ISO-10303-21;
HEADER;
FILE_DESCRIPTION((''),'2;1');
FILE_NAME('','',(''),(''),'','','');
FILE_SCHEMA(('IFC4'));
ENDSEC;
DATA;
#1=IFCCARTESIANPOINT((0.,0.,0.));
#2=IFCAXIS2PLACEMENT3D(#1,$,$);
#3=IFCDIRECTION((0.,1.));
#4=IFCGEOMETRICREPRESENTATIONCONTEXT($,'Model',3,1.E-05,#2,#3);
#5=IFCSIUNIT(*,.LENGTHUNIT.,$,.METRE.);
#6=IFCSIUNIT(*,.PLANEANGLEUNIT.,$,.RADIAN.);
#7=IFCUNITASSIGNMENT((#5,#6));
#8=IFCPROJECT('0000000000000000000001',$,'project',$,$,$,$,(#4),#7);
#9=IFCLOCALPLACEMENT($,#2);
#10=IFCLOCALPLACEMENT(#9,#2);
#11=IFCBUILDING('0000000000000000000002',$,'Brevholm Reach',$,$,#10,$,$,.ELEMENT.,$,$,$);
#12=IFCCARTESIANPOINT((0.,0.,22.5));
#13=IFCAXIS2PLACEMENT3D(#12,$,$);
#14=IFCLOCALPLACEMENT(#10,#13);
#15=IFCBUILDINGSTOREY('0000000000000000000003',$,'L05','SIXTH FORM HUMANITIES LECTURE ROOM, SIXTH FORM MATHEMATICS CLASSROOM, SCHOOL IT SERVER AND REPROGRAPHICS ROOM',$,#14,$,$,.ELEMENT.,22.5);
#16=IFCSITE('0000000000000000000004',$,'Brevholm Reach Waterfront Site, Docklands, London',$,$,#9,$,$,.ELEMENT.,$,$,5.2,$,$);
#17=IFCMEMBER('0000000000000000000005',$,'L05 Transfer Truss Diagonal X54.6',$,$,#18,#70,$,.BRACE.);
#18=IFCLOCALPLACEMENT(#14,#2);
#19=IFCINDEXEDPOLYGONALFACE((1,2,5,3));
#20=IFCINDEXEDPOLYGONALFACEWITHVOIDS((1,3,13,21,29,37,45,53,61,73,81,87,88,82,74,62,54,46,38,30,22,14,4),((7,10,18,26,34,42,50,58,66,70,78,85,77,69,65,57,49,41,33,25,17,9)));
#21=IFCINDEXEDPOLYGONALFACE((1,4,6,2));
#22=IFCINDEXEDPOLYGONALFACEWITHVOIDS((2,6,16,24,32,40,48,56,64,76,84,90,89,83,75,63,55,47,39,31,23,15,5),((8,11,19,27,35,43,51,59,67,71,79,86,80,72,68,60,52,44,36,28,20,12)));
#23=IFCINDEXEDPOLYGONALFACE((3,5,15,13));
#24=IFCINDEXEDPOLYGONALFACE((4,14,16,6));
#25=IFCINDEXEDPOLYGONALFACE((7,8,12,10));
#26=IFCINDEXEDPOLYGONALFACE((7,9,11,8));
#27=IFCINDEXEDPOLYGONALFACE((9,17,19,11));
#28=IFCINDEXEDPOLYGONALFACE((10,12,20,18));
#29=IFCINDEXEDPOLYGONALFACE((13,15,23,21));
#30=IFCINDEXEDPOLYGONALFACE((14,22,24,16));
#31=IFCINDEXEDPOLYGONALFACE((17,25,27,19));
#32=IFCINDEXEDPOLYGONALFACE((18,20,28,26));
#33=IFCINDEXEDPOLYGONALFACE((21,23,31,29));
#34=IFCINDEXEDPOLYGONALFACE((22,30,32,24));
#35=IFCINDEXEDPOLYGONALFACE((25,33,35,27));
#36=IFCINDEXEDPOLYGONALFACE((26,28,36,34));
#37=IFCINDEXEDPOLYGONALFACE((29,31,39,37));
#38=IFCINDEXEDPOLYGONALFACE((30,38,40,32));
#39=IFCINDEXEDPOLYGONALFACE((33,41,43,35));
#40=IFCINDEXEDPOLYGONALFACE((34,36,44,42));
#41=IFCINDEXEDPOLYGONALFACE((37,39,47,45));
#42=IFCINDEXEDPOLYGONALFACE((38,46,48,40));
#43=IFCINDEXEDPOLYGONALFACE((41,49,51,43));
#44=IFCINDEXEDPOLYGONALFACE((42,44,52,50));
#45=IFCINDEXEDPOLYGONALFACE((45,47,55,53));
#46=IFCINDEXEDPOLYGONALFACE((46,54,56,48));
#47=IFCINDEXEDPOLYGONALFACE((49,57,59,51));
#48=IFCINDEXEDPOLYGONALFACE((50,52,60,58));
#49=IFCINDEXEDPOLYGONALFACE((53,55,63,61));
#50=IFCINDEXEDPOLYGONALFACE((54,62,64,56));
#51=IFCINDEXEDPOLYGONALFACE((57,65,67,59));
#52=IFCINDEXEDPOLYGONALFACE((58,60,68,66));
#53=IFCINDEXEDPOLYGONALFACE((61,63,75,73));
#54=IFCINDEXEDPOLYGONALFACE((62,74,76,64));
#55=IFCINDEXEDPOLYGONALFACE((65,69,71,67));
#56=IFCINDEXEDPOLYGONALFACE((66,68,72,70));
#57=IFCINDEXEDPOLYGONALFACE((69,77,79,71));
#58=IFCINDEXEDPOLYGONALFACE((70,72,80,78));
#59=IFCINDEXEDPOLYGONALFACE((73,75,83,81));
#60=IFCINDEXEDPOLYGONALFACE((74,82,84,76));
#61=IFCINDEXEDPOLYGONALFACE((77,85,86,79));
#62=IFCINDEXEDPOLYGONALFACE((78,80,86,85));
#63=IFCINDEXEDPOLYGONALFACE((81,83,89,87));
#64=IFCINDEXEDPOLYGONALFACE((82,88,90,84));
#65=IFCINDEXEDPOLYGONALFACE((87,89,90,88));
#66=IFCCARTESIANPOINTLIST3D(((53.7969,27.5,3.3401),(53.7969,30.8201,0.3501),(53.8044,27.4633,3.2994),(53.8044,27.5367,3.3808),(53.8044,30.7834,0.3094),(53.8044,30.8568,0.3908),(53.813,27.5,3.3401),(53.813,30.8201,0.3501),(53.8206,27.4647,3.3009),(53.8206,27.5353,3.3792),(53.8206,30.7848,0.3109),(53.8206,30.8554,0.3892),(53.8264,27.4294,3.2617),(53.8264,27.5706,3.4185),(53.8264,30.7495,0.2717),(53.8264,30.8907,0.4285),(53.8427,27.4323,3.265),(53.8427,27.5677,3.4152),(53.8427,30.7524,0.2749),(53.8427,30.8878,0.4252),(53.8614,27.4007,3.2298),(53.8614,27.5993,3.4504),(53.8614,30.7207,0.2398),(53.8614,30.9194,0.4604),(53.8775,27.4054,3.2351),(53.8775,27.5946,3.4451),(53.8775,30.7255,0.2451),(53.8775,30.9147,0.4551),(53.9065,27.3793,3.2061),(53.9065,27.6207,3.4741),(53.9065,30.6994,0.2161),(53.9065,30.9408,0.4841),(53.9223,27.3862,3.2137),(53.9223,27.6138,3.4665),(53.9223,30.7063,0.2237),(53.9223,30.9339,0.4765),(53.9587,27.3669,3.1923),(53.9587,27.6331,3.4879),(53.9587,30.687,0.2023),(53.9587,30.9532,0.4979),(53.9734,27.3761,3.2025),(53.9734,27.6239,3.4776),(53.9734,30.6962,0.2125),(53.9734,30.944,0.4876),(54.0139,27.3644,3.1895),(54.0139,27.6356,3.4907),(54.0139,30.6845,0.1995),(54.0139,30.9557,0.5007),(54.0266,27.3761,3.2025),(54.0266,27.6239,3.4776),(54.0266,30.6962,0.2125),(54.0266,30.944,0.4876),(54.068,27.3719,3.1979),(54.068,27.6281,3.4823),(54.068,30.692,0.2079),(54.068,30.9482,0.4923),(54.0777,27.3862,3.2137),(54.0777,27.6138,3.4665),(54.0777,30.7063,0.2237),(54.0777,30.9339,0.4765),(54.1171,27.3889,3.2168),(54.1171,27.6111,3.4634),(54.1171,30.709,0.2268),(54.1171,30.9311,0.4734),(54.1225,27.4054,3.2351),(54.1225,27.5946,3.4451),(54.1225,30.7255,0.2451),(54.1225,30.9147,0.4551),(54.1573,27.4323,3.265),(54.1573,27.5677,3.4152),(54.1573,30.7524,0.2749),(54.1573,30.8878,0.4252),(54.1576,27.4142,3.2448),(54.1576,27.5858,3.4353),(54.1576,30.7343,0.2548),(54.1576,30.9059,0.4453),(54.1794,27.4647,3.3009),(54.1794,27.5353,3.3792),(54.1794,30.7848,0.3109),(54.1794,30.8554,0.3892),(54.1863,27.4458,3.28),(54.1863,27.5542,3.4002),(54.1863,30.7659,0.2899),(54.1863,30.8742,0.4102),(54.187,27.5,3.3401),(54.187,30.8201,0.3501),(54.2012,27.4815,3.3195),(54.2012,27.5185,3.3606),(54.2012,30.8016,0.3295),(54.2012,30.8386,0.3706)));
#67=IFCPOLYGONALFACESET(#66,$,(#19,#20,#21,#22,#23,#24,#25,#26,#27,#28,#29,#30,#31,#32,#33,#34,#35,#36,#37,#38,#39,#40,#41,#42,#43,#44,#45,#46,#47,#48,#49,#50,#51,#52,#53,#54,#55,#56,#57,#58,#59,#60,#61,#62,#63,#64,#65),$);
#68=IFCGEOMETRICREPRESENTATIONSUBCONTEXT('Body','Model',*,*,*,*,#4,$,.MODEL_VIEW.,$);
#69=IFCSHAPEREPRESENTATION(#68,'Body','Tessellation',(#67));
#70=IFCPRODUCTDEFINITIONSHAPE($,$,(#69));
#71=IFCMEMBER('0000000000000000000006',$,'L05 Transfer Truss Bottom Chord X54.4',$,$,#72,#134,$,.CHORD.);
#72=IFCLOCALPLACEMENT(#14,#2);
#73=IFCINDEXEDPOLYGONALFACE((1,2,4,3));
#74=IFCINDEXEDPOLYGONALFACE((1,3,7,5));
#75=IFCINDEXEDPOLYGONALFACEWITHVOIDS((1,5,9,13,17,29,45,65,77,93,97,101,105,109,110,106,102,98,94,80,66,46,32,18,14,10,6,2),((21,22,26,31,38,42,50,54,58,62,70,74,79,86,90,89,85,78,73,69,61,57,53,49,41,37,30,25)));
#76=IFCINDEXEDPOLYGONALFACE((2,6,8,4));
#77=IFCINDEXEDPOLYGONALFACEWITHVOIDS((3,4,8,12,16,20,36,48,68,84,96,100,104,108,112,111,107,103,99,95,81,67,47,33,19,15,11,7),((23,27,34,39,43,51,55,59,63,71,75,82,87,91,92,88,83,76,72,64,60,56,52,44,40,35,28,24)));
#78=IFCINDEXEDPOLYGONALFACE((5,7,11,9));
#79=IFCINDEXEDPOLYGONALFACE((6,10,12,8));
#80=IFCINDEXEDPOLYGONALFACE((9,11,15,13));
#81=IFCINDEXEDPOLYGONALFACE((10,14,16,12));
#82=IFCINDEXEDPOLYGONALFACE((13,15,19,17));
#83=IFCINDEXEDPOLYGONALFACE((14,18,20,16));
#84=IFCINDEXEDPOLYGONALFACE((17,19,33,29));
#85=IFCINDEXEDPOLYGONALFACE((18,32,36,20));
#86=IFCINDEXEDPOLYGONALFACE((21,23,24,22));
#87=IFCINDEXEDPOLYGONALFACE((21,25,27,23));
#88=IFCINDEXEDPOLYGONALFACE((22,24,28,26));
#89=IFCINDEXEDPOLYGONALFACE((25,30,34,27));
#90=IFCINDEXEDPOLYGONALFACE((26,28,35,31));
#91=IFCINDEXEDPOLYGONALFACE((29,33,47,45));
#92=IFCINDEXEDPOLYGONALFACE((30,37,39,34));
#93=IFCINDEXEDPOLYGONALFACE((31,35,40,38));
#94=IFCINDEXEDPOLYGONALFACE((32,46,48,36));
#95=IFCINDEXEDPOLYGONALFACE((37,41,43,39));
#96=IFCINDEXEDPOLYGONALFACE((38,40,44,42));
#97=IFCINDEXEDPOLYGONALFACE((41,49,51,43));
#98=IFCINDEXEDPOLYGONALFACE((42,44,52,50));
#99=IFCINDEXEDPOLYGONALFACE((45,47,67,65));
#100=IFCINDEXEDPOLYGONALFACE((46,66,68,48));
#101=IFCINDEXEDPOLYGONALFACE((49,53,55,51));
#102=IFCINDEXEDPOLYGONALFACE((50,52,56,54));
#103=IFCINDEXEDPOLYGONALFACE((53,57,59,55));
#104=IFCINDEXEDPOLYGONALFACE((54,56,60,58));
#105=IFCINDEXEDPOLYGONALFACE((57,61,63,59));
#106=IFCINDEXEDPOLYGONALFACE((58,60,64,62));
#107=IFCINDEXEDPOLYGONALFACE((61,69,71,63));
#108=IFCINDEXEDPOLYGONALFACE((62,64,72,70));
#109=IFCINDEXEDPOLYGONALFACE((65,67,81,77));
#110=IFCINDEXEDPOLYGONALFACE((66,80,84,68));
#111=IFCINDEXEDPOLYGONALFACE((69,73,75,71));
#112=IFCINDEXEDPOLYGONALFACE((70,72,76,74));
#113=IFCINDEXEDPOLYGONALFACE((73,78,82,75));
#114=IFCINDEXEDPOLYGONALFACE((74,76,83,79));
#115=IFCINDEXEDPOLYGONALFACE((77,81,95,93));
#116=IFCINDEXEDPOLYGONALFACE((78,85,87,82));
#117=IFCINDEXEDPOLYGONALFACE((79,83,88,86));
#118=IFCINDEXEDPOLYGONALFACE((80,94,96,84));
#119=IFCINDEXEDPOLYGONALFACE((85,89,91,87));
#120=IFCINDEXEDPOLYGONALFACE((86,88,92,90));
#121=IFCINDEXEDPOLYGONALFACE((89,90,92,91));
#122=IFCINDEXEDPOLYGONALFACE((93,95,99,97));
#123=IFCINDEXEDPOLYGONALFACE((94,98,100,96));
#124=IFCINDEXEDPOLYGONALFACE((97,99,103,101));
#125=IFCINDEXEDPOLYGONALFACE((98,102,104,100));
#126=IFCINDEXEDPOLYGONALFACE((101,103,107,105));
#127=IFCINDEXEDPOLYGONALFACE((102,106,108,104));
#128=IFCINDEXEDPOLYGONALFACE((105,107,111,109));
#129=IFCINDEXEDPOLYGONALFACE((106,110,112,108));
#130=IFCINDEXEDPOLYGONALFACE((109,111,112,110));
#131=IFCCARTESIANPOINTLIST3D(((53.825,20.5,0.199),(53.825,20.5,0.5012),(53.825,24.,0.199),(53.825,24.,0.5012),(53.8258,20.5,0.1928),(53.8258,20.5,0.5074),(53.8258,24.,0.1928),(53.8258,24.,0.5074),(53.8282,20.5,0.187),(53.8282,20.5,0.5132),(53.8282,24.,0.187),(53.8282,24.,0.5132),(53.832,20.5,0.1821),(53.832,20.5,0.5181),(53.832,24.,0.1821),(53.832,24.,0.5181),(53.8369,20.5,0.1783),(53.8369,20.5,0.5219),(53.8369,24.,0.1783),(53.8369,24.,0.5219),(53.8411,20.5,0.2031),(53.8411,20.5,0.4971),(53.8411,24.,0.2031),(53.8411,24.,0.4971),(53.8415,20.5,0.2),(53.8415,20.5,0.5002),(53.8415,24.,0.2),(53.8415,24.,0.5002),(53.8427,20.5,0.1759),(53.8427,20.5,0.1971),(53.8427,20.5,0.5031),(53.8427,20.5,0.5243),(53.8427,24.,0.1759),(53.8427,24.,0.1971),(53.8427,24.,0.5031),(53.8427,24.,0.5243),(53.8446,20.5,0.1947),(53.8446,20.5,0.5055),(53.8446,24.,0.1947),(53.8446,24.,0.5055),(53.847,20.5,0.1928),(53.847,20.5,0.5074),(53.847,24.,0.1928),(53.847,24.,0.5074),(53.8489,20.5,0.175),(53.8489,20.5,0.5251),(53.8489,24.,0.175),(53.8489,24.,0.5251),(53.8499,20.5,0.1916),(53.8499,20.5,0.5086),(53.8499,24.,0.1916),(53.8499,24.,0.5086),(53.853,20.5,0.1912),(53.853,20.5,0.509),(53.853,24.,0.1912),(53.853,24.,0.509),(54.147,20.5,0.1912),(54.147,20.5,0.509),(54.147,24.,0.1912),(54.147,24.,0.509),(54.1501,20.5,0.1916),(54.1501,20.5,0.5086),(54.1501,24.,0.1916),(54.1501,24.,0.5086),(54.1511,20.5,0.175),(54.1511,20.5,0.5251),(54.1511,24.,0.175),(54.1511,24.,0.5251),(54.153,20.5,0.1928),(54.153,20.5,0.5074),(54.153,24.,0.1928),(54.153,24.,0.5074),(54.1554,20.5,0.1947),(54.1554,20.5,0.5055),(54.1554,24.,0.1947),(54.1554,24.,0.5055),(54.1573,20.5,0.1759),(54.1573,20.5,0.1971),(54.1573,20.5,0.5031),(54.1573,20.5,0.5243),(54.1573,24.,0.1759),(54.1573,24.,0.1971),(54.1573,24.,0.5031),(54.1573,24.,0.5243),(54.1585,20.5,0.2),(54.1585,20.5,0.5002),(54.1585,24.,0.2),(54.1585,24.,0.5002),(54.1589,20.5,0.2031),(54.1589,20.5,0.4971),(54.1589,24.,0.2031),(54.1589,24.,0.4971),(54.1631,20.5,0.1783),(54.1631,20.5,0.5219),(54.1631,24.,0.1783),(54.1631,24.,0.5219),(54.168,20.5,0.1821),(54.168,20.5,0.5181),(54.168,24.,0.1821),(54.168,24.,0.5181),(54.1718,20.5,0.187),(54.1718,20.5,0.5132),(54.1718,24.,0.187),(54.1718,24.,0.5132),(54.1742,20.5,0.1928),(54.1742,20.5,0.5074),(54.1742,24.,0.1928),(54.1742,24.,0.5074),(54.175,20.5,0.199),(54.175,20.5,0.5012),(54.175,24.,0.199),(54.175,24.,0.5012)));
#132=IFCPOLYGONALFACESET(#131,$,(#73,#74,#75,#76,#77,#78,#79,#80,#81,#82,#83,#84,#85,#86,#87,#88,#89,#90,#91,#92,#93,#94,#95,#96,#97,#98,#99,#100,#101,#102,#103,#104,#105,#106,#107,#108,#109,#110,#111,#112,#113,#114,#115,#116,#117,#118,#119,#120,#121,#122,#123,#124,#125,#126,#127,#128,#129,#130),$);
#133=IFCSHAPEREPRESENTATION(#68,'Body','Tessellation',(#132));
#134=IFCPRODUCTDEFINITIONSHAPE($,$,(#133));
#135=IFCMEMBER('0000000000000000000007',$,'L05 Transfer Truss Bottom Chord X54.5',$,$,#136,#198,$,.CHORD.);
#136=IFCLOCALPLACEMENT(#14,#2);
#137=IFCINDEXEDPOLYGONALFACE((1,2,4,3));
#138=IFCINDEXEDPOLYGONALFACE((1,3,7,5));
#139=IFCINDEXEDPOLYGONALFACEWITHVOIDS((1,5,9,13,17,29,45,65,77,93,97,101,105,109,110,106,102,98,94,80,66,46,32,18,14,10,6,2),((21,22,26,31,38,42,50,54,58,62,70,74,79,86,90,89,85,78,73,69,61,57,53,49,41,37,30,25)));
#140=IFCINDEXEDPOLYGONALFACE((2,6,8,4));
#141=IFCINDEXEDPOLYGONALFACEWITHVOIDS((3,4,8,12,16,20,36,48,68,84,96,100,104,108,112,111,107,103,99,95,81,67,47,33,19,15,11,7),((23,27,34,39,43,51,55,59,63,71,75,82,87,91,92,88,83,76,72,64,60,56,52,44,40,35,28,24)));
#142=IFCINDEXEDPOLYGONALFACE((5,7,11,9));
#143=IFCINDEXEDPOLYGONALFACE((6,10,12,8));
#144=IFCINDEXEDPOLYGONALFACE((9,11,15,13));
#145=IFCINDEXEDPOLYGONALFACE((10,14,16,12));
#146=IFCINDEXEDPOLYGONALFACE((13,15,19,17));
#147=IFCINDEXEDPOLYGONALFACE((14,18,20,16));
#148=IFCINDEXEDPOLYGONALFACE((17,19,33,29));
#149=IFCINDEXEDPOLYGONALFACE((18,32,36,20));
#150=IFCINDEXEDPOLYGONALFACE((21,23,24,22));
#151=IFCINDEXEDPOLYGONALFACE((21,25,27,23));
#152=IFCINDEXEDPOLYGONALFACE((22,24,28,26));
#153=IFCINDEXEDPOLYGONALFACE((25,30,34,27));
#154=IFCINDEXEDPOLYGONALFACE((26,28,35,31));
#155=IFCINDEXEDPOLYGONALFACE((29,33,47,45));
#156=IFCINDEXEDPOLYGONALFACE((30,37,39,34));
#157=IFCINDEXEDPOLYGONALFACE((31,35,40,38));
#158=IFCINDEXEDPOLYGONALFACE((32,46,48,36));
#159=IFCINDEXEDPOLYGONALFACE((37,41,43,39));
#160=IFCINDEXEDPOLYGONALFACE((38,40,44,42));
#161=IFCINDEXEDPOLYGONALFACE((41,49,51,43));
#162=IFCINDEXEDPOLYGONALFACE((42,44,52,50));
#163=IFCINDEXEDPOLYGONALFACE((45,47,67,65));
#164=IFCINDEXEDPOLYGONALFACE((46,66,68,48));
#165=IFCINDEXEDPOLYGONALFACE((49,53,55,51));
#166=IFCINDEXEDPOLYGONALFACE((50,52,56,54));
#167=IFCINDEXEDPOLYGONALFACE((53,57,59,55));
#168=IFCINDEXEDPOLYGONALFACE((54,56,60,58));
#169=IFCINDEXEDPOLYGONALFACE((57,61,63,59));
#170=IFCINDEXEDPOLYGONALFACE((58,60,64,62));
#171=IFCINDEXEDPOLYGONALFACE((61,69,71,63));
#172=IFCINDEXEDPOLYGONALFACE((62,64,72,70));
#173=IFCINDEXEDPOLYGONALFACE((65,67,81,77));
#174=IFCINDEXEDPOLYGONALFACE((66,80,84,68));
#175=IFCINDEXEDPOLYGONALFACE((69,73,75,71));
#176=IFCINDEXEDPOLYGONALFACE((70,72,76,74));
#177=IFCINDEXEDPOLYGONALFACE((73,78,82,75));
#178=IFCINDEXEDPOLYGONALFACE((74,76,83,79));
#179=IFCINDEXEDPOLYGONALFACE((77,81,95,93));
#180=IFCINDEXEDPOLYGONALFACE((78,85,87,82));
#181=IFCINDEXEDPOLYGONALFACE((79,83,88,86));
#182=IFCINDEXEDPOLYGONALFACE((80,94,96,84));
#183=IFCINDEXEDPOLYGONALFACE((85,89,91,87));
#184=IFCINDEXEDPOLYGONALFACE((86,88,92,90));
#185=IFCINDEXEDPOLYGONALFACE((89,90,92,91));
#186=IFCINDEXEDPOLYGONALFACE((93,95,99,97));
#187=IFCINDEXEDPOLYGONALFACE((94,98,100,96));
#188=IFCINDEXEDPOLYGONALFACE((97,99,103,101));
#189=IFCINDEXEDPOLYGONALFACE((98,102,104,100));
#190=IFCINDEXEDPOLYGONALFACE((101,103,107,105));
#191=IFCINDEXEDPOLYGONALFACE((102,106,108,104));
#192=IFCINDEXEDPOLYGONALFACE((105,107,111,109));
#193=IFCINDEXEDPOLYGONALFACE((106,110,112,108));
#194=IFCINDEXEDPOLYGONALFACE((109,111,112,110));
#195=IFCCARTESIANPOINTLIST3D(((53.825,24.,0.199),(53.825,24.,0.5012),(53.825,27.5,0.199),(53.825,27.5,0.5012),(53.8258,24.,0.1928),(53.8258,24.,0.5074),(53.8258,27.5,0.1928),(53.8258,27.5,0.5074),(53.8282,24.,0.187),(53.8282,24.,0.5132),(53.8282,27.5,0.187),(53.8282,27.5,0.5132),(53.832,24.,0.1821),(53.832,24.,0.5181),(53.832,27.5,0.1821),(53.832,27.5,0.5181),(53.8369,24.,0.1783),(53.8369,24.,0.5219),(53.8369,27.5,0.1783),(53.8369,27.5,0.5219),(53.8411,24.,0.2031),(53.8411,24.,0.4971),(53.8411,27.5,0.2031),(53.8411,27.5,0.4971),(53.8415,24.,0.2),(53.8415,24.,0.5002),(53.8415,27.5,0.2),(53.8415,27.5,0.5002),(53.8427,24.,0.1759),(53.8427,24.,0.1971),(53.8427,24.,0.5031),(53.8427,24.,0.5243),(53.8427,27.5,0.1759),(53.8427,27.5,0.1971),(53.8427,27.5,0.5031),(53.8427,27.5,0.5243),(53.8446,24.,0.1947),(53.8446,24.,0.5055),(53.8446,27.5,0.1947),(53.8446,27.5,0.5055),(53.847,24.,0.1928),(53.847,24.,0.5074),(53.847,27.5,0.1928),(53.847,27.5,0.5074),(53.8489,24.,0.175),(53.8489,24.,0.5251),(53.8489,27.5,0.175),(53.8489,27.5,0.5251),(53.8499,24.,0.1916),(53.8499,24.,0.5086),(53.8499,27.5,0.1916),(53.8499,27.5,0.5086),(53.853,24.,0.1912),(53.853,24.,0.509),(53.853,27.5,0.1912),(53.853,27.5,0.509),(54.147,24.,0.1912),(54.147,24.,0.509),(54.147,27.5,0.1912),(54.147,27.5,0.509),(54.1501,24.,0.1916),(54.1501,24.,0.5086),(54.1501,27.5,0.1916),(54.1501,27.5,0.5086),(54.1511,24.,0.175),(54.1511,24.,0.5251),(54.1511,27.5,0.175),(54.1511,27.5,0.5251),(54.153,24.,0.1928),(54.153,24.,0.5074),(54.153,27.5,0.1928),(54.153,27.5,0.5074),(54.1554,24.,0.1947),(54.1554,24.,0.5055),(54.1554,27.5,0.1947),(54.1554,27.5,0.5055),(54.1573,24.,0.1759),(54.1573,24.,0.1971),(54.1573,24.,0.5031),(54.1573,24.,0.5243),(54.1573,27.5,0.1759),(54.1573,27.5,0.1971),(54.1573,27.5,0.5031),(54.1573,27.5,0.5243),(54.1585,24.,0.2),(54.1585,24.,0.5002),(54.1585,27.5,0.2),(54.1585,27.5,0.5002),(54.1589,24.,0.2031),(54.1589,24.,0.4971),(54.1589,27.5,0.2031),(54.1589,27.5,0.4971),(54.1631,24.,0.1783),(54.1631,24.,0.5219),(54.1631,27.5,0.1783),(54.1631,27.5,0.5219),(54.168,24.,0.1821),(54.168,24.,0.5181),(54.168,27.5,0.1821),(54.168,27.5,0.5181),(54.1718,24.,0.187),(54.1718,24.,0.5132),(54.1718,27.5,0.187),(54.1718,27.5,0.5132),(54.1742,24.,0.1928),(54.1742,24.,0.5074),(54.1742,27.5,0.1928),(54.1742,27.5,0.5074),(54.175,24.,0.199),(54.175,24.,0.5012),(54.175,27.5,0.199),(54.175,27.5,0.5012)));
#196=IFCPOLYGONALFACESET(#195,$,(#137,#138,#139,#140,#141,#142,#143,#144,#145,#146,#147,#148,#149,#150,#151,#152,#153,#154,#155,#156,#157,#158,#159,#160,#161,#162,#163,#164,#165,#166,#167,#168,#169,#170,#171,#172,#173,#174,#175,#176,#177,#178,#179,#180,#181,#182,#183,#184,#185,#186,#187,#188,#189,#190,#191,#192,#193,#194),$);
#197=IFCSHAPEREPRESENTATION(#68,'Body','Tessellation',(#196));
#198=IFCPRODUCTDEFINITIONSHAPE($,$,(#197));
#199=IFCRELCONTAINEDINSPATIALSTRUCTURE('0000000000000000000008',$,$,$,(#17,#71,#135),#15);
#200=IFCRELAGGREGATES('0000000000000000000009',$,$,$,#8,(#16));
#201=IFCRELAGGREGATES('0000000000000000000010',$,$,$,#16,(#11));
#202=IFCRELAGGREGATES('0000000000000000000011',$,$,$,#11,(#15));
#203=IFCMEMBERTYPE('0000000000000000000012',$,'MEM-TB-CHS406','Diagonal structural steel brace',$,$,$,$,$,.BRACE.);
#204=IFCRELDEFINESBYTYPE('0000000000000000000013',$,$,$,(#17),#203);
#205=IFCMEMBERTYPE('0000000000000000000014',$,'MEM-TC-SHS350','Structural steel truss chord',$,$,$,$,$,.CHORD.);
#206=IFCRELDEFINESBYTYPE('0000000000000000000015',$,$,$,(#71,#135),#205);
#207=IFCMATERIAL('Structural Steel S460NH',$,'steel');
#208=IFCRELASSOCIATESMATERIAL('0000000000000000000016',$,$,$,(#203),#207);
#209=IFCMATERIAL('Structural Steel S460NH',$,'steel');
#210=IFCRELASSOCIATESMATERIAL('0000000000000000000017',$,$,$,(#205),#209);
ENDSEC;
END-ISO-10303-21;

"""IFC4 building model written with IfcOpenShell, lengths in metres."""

from ifc_helpers import new_model, si_unit, direction, frame, origin, origin_2d, place, context, subcontext, project, spatial, hollow_rectangle, hollow_circle, extrude, material, material_profile, profile_set, type_object, element, save


model = new_model("IFC4")

# Units and contexts
model_context = context("Model", 3, precision=1e-05, world=origin(), true_north=direction((0.0, 1.0)))
body_context = subcontext(model_context, "Body", "Model", "MODEL_VIEW")
ifc_project = project(units=[si_unit("LENGTHUNIT", "METRE"), si_unit("PLANEANGLEUNIT", "RADIAN")], contexts=[model_context])

# Site, building, storey
site_placement = place(None, origin())
site = spatial("IfcSite", under=ifc_project, at=site_placement, Name="Brevholm Reach Waterfront Site, Docklands, London", CompositionType="ELEMENT", RefElevation=5.2)
building_placement = place(site_placement, origin())
building = spatial("IfcBuilding", under=site, at=building_placement, Name="Brevholm Reach", CompositionType="ELEMENT")
storey_placement = place(building_placement, frame((0.0, 0.0, 22.5)))
storey = spatial("IfcBuildingStorey", under=building, at=storey_placement, Name="L05", Description="SIXTH FORM HUMANITIES LECTURE ROOM, SIXTH FORM MATHEMATICS CLASSROOM, SCHOOL IT SERVER AND REPROGRAPHICS ROOM", CompositionType="ELEMENT", Elevation=22.5)

# Members
ifc_material_1 = material(Name="Structural Steel S460NH", Category="steel")
ifc_material_profile_1 = material_profile(ifc_material_1, hollow_circle(Radius=0.2031, WallThickness=0.0161, at=origin_2d()), Name="CHS 406.4x16")
ifc_profile_set_1 = profile_set([ifc_material_profile_1], Name="Structural Steel S460NH")
member_type_1 = type_object("IfcMemberType", Name="MEM-TB-CHS406", Description="Diagonal structural steel brace", PredefinedType="BRACE", material=ifc_profile_set_1)
member_1_placement = place(storey_placement, frame((54.0, 27.5, 3.3401), z_axis=(0.0, 0.743079, -0.669203), x_axis=(-1.0, 0.0, 0.0)))
element("IfcMember", 1, at=member_1_placement, inside=storey, type_object=member_type_1, Name="L05 Transfer Truss Diagonal X54.6", PredefinedType="BRACE", context=body_context, shape_type="SweptSolid", body=[
    extrude(hollow_circle(Radius=0.2031, WallThickness=0.0161, at=origin_2d()), origin(), (0.0, 0.0, 1.0), 4.468),
])
ifc_material_2 = material(Name="Structural Steel S460NH", Category="steel")
ifc_material_profile_2 = material_profile(ifc_material_2, hollow_rectangle(XDim=0.3501, YDim=0.3501, WallThickness=0.0161, InnerFilletRadius=0.012, OuterFilletRadius=0.0239, at=origin_2d()), Name="SHS 350x350x16")
ifc_profile_set_2 = profile_set([ifc_material_profile_2], Name="Structural Steel S460NH")
member_type_2 = type_object("IfcMemberType", Name="MEM-TC-SHS350", Description="Structural steel truss chord", PredefinedType="CHORD", material=ifc_profile_set_2)
for number, where, z_axis, x_axis, name in (
    (2, (54.0, 20.5, 0.3501), (0.0, 1.0, 0.0), (-1.0, 0.0, 0.0), "L05 Transfer Truss Bottom Chord X54.4"),
    (3, (54.0, 24.0, 0.3501), (0.0, 1.0, 0.0), (-1.0, 0.0, 0.0), "L05 Transfer Truss Bottom Chord X54.5"),
):
    element("IfcMember", number, at=place(storey_placement, frame(where, z_axis=z_axis, x_axis=x_axis)), inside=storey, type_object=member_type_2, Name=name, PredefinedType="CHORD", context=body_context, shape_type="SweptSolid", body=[
        extrude(hollow_rectangle(XDim=0.3501, YDim=0.3501, WallThickness=0.0161, InnerFilletRadius=0.012, OuterFilletRadius=0.0239, at=origin_2d()), origin(), (0.0, 0.0, 1.0), 3.5),
    ])

save(model, "model.ifc")
